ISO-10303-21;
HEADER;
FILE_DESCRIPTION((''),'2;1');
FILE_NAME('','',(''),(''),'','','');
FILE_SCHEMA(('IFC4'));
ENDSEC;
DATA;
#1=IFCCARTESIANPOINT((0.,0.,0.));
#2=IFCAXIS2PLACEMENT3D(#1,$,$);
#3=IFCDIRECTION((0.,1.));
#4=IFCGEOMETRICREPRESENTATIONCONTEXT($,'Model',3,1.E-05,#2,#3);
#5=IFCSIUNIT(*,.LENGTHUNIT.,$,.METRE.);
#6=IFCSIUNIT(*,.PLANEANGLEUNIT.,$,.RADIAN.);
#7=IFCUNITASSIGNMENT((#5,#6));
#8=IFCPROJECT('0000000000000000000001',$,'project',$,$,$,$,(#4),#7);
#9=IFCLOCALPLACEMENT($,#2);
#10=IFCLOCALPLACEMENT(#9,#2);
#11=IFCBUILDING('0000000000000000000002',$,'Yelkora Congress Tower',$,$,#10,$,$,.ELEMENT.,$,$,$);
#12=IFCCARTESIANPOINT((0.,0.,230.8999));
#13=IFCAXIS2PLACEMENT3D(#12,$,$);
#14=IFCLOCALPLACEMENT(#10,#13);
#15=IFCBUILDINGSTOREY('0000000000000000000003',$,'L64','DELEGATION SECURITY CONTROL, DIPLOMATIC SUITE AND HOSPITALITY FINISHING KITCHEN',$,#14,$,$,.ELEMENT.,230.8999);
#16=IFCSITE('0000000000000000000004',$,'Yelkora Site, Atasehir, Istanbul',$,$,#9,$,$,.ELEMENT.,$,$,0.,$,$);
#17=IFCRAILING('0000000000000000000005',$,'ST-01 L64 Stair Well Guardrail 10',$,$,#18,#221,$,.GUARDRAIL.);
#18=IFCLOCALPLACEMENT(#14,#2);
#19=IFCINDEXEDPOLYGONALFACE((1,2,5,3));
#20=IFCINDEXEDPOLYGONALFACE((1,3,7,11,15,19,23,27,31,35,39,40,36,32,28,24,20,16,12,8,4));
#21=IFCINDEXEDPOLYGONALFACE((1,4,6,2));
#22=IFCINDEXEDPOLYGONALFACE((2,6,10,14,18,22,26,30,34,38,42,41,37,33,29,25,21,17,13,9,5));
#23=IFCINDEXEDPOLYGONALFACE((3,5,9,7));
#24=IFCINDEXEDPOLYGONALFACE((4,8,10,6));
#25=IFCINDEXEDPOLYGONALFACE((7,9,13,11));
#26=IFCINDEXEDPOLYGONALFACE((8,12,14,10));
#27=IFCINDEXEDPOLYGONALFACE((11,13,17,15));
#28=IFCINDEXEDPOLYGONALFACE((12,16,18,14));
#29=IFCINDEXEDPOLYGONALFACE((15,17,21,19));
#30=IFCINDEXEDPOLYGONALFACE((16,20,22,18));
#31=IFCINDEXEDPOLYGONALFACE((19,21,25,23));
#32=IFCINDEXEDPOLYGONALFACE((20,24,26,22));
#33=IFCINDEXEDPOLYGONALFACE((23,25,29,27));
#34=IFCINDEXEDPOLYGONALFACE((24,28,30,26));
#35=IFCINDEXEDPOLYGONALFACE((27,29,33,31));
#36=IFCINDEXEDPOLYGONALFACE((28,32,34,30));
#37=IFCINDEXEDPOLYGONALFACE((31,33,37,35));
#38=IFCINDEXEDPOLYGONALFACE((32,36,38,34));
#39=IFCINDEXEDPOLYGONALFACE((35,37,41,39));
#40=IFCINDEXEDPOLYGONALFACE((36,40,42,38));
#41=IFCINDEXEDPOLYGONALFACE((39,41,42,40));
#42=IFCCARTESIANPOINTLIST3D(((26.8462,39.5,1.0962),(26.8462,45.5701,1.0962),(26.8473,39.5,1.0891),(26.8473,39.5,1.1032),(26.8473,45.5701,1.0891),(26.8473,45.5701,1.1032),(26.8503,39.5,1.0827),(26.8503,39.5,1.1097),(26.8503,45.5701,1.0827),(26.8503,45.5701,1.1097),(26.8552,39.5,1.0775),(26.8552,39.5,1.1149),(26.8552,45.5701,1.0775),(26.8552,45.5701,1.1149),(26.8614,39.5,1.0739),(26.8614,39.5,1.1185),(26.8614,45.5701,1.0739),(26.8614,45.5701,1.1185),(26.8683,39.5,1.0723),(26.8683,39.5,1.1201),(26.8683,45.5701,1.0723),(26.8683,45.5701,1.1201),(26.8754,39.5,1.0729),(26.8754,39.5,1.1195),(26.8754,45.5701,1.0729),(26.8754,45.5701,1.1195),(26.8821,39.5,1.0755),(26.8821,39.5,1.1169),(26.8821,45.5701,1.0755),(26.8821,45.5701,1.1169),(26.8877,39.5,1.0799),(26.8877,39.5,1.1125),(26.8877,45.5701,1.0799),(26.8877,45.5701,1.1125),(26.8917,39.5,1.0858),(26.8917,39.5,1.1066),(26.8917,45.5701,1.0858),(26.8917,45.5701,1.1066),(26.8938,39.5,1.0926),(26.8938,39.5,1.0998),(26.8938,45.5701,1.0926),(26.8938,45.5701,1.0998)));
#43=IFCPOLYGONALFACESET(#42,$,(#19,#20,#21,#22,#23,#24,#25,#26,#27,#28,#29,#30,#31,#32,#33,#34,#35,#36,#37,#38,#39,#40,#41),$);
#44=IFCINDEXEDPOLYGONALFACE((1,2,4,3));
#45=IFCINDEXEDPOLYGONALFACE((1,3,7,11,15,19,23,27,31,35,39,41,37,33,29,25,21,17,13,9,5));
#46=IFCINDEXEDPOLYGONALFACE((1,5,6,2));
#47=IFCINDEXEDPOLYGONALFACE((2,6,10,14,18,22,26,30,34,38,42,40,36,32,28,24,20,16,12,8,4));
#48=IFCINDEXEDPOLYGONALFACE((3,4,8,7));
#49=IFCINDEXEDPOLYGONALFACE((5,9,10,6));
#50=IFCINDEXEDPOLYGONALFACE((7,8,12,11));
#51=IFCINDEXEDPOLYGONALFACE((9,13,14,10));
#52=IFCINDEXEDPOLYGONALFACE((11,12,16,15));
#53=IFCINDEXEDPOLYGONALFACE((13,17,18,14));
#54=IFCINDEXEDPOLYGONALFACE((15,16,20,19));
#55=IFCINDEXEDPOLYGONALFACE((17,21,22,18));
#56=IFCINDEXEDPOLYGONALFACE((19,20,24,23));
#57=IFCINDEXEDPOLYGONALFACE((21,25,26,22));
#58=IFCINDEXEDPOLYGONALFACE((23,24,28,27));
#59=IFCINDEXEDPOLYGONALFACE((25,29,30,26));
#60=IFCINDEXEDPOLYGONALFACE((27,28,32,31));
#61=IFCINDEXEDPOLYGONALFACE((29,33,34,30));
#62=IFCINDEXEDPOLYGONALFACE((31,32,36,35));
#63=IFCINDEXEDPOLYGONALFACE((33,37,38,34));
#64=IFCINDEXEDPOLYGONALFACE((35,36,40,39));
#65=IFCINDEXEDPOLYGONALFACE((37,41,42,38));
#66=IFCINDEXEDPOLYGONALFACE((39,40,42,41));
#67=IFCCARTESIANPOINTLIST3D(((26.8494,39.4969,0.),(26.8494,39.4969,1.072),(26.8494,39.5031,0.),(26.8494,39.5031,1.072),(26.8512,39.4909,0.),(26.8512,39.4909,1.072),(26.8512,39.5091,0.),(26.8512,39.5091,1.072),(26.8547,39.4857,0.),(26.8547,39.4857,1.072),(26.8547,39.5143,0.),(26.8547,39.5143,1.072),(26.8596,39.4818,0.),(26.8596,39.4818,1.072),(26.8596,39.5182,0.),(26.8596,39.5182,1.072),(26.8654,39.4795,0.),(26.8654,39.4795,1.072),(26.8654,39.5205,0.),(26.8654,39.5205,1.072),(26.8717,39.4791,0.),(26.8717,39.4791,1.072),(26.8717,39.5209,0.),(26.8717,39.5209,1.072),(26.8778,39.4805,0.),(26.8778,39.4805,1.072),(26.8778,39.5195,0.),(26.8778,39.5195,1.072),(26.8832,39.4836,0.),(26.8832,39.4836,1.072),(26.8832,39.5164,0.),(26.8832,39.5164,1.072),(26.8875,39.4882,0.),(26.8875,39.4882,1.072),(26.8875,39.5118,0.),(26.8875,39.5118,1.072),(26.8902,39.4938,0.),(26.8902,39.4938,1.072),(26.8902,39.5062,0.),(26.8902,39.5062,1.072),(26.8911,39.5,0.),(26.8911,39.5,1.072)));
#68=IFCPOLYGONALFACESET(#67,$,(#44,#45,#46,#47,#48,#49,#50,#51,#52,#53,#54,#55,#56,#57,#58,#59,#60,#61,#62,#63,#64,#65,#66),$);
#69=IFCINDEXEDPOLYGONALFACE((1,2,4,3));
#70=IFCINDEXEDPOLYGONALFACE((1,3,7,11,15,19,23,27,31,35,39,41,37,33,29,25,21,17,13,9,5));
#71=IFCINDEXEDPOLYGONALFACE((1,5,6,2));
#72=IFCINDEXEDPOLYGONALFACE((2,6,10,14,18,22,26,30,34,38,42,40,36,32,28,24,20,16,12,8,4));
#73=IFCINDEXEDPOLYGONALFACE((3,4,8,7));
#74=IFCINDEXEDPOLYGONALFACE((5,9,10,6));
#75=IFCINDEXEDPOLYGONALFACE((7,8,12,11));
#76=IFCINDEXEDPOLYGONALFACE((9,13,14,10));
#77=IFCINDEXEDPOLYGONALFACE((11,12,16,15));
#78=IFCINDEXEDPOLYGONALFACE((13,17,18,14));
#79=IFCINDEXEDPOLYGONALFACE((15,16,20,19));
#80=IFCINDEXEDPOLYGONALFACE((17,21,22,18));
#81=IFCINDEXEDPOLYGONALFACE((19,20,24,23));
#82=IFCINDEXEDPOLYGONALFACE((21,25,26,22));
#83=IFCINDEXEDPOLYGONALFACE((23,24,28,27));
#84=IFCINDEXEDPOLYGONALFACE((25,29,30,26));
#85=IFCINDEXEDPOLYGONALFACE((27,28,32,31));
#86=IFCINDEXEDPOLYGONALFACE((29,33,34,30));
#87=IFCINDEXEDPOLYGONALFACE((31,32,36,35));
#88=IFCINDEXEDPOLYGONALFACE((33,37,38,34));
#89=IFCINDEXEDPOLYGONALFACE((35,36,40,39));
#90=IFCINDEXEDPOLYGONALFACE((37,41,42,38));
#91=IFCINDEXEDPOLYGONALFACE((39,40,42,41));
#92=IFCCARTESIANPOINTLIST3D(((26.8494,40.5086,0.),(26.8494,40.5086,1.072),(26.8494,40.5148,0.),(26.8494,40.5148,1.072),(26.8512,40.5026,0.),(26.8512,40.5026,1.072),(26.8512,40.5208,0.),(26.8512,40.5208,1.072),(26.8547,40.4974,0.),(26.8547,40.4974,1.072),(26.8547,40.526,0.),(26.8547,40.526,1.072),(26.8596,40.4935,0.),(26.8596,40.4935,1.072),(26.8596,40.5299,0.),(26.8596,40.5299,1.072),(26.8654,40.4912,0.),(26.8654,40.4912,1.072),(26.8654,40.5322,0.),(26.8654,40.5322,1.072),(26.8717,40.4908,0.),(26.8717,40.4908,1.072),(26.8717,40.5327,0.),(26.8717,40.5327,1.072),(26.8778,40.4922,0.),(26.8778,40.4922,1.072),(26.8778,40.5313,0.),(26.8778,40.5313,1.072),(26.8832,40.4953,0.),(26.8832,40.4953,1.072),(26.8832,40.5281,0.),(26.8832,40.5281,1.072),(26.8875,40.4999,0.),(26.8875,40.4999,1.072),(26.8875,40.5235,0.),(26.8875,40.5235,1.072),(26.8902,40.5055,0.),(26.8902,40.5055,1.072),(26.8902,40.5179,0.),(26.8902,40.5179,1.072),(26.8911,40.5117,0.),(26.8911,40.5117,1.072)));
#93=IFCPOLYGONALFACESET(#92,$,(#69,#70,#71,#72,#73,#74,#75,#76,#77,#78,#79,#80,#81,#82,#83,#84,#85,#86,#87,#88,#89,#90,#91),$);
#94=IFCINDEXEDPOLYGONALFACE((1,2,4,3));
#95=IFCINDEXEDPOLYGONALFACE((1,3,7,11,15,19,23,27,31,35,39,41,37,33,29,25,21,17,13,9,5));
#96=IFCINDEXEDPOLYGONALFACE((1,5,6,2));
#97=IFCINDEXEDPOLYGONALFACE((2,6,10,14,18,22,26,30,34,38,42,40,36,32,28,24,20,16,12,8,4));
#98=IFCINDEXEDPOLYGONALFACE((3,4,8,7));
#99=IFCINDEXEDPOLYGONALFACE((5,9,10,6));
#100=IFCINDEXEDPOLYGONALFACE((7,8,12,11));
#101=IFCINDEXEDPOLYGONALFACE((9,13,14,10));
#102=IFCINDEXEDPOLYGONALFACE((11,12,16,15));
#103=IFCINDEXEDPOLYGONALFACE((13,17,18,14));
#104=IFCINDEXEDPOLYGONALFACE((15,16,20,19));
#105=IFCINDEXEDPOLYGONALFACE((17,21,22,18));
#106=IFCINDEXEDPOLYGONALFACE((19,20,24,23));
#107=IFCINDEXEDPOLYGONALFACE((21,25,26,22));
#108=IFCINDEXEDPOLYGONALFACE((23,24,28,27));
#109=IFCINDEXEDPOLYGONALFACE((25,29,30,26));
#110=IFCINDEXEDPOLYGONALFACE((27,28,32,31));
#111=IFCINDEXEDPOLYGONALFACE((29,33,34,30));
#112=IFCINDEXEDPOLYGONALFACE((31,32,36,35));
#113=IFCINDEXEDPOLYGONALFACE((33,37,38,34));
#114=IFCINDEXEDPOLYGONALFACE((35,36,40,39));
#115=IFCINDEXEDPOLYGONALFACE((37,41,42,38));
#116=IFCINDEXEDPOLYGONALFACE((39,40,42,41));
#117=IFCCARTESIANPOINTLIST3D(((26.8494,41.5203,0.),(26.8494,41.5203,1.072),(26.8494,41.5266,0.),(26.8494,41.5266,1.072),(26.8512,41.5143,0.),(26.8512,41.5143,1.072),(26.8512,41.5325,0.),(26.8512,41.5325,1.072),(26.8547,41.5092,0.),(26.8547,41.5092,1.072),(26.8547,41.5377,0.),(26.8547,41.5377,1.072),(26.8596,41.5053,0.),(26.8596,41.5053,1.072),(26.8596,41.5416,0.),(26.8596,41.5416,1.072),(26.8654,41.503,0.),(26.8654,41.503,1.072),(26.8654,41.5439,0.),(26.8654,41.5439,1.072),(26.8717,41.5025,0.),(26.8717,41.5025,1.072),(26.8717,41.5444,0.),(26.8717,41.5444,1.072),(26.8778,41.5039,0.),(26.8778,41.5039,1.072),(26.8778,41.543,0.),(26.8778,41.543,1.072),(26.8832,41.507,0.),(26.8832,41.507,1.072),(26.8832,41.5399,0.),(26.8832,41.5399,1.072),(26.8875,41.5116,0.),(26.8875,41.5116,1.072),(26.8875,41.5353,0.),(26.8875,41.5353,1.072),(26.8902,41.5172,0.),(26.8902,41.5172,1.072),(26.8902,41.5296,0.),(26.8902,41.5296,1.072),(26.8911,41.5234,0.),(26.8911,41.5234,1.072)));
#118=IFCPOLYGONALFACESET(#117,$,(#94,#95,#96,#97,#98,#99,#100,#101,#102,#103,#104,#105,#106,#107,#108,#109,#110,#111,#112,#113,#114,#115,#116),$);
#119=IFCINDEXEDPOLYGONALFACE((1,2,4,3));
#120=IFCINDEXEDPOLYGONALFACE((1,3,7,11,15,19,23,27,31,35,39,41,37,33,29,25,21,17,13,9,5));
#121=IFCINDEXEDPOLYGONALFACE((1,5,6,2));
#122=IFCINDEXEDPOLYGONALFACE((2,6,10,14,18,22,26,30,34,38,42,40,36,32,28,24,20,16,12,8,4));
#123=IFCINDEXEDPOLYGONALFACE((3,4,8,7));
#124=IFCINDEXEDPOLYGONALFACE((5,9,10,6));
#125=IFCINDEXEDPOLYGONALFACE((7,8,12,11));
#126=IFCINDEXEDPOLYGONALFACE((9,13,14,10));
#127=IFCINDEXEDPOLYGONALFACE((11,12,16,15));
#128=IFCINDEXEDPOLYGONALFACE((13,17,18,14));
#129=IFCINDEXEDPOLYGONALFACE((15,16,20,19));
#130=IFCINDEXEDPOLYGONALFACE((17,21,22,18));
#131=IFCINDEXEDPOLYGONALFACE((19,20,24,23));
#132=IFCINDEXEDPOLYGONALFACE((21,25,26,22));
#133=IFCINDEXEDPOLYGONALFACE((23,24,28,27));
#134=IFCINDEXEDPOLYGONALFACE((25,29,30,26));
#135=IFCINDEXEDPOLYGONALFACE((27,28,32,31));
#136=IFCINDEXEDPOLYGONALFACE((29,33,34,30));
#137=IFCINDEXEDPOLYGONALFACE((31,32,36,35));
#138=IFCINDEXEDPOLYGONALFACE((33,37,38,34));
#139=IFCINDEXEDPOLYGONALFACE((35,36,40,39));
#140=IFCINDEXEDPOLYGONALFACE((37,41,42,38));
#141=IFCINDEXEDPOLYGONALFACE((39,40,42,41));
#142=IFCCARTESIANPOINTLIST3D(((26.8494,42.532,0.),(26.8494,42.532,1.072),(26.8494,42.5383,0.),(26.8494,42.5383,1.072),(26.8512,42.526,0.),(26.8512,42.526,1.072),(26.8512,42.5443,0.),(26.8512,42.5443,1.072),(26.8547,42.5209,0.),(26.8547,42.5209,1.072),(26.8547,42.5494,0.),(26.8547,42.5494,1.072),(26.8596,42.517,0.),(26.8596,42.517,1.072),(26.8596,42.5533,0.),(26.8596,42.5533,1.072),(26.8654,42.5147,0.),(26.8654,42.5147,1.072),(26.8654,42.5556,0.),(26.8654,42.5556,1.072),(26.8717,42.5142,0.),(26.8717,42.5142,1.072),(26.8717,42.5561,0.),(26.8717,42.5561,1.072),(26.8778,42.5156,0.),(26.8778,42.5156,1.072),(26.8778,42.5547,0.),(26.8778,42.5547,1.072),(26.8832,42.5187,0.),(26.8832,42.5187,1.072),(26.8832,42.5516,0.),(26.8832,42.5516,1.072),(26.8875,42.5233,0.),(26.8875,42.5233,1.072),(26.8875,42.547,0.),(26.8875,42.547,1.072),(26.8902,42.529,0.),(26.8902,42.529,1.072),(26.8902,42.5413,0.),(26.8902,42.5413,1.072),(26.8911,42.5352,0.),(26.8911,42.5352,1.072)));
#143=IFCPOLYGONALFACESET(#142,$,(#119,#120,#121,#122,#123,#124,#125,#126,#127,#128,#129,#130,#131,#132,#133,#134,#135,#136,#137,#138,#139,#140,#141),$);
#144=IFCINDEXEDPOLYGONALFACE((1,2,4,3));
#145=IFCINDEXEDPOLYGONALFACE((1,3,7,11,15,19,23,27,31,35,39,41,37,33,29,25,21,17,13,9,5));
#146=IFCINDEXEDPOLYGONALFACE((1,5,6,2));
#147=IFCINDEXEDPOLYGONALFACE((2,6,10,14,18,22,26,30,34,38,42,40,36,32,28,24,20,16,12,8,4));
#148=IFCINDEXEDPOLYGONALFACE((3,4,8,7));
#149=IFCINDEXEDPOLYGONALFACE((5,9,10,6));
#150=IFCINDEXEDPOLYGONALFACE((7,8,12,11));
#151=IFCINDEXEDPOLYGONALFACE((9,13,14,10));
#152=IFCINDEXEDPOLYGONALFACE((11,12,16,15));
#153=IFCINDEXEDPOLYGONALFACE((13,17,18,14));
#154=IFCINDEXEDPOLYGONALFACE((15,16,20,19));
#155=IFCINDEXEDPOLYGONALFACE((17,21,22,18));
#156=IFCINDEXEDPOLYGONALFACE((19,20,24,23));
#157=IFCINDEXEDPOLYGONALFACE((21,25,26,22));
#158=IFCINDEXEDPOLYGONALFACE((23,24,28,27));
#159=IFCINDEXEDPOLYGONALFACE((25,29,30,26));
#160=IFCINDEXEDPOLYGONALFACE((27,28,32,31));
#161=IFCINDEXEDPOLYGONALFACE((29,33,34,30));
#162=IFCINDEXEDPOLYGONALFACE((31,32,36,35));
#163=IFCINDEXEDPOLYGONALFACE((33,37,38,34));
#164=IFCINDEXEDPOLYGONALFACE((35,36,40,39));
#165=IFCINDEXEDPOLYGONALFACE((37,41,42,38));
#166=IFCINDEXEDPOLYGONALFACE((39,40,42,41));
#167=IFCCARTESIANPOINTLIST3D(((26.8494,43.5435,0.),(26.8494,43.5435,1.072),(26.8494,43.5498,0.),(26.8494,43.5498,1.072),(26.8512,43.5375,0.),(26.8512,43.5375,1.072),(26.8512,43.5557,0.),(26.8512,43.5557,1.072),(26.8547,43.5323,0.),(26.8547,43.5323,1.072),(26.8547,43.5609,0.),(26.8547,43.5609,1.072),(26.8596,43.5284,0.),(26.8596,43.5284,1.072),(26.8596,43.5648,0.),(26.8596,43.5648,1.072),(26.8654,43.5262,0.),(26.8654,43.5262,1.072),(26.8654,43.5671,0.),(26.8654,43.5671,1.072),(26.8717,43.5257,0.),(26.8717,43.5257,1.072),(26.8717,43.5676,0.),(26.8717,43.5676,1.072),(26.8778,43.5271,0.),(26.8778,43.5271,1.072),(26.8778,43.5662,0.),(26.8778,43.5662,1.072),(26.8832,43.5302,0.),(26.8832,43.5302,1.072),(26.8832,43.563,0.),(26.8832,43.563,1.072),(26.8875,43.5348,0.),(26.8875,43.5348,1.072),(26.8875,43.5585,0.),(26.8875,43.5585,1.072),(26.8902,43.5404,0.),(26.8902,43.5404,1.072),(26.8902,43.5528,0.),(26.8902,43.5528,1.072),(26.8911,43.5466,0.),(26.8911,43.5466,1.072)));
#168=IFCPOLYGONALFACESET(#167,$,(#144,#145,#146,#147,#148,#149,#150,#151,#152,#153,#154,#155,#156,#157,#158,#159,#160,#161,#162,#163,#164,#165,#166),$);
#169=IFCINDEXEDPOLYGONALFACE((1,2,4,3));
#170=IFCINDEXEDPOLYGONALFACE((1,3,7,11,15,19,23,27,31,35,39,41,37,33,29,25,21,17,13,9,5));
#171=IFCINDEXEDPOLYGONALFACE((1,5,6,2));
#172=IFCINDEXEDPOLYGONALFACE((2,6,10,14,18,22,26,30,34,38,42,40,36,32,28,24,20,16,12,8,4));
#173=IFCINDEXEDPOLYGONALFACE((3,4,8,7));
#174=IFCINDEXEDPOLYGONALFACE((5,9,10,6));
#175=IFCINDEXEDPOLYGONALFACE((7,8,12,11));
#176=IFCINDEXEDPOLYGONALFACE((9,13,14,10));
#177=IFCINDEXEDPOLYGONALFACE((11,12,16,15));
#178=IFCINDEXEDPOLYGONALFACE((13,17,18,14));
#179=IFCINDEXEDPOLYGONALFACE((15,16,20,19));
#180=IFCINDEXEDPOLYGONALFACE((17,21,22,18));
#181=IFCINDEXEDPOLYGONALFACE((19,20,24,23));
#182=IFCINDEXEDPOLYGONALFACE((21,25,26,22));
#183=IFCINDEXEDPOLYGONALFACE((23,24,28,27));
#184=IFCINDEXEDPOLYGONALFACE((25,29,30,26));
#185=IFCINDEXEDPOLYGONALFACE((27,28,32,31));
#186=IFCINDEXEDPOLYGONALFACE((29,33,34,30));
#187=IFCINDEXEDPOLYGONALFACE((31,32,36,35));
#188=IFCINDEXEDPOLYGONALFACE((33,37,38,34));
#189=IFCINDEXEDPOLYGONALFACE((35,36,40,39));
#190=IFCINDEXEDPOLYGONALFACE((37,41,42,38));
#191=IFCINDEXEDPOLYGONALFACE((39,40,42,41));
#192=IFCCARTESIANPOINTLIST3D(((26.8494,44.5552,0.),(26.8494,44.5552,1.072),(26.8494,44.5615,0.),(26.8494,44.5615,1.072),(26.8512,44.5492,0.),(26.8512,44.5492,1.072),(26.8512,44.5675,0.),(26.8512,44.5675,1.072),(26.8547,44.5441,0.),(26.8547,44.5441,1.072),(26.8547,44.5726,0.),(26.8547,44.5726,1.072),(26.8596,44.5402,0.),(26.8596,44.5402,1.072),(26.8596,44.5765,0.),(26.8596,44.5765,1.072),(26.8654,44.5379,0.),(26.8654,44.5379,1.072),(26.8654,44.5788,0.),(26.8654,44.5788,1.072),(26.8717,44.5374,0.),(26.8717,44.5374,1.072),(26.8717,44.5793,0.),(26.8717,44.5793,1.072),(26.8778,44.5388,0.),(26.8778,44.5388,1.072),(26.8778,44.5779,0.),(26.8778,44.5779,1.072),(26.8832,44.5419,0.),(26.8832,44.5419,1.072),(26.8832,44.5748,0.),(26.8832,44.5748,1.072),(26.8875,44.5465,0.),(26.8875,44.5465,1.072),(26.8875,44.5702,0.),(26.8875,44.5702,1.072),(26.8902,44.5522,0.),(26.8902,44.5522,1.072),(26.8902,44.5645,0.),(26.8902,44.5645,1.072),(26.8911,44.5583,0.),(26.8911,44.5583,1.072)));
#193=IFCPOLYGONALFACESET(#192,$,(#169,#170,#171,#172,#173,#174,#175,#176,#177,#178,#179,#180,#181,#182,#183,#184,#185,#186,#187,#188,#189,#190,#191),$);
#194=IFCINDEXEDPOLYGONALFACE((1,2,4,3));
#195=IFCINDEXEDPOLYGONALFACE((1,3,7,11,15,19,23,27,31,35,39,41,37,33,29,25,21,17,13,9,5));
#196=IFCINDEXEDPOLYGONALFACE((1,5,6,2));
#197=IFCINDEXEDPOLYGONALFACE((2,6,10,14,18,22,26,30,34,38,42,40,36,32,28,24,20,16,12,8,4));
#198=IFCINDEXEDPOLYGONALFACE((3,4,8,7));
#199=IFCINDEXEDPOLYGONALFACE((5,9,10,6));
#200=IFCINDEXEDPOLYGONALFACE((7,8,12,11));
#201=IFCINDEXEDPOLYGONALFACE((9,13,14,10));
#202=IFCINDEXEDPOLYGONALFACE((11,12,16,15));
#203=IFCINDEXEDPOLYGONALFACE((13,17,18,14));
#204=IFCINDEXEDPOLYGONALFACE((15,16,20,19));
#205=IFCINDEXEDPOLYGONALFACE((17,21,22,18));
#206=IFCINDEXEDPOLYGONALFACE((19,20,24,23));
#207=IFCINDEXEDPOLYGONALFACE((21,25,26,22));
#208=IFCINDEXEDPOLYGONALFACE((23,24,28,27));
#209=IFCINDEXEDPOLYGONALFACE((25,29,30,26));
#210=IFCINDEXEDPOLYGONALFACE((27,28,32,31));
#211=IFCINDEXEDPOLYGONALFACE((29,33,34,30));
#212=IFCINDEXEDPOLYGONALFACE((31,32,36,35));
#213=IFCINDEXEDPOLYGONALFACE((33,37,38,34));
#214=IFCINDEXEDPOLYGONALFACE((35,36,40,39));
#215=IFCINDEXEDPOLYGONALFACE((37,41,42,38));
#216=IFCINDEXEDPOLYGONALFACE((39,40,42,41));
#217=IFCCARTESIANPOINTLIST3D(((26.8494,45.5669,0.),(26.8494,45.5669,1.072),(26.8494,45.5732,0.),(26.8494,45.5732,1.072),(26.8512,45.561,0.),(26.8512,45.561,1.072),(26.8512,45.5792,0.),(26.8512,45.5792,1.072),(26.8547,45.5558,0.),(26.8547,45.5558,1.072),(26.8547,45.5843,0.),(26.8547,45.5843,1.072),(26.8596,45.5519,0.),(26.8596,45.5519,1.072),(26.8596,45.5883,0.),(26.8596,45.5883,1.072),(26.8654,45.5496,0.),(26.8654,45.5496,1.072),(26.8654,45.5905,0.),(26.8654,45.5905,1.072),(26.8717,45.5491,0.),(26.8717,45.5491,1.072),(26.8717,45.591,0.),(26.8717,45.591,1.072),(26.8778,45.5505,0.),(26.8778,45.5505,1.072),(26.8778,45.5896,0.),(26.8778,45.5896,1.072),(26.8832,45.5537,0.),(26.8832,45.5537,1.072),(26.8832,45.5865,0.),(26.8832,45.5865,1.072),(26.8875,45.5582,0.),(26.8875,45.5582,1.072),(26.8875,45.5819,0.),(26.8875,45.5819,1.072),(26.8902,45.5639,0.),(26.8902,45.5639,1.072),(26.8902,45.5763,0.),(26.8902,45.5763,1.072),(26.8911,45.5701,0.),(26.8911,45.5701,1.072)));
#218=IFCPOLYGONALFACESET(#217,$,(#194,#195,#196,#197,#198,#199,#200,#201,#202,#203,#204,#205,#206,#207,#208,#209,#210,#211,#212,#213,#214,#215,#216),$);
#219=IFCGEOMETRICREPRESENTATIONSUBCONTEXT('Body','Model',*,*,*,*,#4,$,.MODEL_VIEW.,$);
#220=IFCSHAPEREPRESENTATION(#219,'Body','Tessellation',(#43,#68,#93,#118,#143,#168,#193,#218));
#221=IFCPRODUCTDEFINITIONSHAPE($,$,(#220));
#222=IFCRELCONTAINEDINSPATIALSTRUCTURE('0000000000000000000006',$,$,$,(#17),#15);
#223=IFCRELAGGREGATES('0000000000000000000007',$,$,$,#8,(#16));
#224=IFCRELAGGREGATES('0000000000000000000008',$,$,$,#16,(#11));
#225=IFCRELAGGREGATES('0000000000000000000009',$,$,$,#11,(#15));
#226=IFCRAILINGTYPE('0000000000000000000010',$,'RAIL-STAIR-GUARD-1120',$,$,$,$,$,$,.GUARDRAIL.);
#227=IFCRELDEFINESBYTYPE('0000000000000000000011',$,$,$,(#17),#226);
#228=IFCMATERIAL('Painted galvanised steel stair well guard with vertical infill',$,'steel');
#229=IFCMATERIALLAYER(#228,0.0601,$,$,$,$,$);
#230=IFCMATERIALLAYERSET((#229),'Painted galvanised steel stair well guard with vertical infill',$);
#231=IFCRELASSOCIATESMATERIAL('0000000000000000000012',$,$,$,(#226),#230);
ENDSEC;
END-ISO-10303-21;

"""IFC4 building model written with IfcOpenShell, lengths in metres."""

from ifc_helpers import new_model, si_unit, direction, frame, origin, origin_2d, place, context, subcontext, project, spatial, circle, extrude, material, layer, layer_set, type_object, element, save


model = new_model("IFC4")

# Units and contexts
model_context = context("Model", 3, precision=1e-05, world=origin(), true_north=direction((0.0, 1.0)))
body_context = subcontext(model_context, "Body", "Model", "MODEL_VIEW")
ifc_project = project(units=[si_unit("LENGTHUNIT", "METRE"), si_unit("PLANEANGLEUNIT", "RADIAN")], contexts=[model_context])

# Site, building, storey
site_placement = place(None, origin())
site = spatial("IfcSite", under=ifc_project, at=site_placement, Name="Yelkora Site, Atasehir, Istanbul", CompositionType="ELEMENT", RefElevation=0.0)
building_placement = place(site_placement, origin())
building = spatial("IfcBuilding", under=site, at=building_placement, Name="Yelkora Congress Tower", CompositionType="ELEMENT")
storey_placement = place(building_placement, frame((0.0, 0.0, 230.8999)))
storey = spatial("IfcBuildingStorey", under=building, at=storey_placement, Name="L64", Description="DELEGATION SECURITY CONTROL, DIPLOMATIC SUITE AND HOSPITALITY FINISHING KITCHEN", CompositionType="ELEMENT", Elevation=230.8999)

# Railing
ifc_material_1 = material(Name="Painted galvanised steel stair well guard with vertical infill", Category="steel")
ifc_layer_1 = layer(ifc_material_1, 0.0601)
ifc_layer_set_1 = layer_set([ifc_layer_1], Name="Painted galvanised steel stair well guard with vertical infill")
railing_type_1 = type_object("IfcRailingType", Name="RAIL-STAIR-GUARD-1120", PredefinedType="GUARDRAIL", material=ifc_layer_set_1)
railing_1_placement = place(storey_placement, frame((26.8701, 39.5, 0.0)))
element("IfcRailing", 1, at=railing_1_placement, inside=storey, type_object=railing_type_1, Name="ST-01 L64 Stair Well Guardrail 10", PredefinedType="GUARDRAIL", context=body_context, shape_type="SweptSolid", body=[
    extrude(circle(Radius=0.0239, at=origin_2d()), frame((0.0, 0.0, 1.0962), z_axis=(0.0, 1.0, 0.0), x_axis=(-1.0, 0.0, 0.0)), (0.0, 0.0, 1.0), 6.0701),
    extrude(circle(Radius=0.021, at=origin_2d()), origin(), (0.0, 0.0, 1.0), 1.072),
    extrude(circle(Radius=0.021, at=origin_2d()), frame((0.0, 1.0117, 0.0)), (0.0, 0.0, 1.0), 1.072),
    extrude(circle(Radius=0.021, at=origin_2d()), frame((0.0, 2.0234, 0.0)), (0.0, 0.0, 1.0), 1.072),
    extrude(circle(Radius=0.021, at=origin_2d()), frame((0.0, 3.0352, 0.0)), (0.0, 0.0, 1.0), 1.072),
    extrude(circle(Radius=0.021, at=origin_2d()), frame((0.0, 4.0466, 0.0)), (0.0, 0.0, 1.0), 1.072),
    extrude(circle(Radius=0.021, at=origin_2d()), frame((0.0, 5.0583, 0.0)), (0.0, 0.0, 1.0), 1.072),
    extrude(circle(Radius=0.021, at=origin_2d()), frame((0.0, 6.0701, 0.0)), (0.0, 0.0, 1.0), 1.072),
])

save(model, "model.ifc")
